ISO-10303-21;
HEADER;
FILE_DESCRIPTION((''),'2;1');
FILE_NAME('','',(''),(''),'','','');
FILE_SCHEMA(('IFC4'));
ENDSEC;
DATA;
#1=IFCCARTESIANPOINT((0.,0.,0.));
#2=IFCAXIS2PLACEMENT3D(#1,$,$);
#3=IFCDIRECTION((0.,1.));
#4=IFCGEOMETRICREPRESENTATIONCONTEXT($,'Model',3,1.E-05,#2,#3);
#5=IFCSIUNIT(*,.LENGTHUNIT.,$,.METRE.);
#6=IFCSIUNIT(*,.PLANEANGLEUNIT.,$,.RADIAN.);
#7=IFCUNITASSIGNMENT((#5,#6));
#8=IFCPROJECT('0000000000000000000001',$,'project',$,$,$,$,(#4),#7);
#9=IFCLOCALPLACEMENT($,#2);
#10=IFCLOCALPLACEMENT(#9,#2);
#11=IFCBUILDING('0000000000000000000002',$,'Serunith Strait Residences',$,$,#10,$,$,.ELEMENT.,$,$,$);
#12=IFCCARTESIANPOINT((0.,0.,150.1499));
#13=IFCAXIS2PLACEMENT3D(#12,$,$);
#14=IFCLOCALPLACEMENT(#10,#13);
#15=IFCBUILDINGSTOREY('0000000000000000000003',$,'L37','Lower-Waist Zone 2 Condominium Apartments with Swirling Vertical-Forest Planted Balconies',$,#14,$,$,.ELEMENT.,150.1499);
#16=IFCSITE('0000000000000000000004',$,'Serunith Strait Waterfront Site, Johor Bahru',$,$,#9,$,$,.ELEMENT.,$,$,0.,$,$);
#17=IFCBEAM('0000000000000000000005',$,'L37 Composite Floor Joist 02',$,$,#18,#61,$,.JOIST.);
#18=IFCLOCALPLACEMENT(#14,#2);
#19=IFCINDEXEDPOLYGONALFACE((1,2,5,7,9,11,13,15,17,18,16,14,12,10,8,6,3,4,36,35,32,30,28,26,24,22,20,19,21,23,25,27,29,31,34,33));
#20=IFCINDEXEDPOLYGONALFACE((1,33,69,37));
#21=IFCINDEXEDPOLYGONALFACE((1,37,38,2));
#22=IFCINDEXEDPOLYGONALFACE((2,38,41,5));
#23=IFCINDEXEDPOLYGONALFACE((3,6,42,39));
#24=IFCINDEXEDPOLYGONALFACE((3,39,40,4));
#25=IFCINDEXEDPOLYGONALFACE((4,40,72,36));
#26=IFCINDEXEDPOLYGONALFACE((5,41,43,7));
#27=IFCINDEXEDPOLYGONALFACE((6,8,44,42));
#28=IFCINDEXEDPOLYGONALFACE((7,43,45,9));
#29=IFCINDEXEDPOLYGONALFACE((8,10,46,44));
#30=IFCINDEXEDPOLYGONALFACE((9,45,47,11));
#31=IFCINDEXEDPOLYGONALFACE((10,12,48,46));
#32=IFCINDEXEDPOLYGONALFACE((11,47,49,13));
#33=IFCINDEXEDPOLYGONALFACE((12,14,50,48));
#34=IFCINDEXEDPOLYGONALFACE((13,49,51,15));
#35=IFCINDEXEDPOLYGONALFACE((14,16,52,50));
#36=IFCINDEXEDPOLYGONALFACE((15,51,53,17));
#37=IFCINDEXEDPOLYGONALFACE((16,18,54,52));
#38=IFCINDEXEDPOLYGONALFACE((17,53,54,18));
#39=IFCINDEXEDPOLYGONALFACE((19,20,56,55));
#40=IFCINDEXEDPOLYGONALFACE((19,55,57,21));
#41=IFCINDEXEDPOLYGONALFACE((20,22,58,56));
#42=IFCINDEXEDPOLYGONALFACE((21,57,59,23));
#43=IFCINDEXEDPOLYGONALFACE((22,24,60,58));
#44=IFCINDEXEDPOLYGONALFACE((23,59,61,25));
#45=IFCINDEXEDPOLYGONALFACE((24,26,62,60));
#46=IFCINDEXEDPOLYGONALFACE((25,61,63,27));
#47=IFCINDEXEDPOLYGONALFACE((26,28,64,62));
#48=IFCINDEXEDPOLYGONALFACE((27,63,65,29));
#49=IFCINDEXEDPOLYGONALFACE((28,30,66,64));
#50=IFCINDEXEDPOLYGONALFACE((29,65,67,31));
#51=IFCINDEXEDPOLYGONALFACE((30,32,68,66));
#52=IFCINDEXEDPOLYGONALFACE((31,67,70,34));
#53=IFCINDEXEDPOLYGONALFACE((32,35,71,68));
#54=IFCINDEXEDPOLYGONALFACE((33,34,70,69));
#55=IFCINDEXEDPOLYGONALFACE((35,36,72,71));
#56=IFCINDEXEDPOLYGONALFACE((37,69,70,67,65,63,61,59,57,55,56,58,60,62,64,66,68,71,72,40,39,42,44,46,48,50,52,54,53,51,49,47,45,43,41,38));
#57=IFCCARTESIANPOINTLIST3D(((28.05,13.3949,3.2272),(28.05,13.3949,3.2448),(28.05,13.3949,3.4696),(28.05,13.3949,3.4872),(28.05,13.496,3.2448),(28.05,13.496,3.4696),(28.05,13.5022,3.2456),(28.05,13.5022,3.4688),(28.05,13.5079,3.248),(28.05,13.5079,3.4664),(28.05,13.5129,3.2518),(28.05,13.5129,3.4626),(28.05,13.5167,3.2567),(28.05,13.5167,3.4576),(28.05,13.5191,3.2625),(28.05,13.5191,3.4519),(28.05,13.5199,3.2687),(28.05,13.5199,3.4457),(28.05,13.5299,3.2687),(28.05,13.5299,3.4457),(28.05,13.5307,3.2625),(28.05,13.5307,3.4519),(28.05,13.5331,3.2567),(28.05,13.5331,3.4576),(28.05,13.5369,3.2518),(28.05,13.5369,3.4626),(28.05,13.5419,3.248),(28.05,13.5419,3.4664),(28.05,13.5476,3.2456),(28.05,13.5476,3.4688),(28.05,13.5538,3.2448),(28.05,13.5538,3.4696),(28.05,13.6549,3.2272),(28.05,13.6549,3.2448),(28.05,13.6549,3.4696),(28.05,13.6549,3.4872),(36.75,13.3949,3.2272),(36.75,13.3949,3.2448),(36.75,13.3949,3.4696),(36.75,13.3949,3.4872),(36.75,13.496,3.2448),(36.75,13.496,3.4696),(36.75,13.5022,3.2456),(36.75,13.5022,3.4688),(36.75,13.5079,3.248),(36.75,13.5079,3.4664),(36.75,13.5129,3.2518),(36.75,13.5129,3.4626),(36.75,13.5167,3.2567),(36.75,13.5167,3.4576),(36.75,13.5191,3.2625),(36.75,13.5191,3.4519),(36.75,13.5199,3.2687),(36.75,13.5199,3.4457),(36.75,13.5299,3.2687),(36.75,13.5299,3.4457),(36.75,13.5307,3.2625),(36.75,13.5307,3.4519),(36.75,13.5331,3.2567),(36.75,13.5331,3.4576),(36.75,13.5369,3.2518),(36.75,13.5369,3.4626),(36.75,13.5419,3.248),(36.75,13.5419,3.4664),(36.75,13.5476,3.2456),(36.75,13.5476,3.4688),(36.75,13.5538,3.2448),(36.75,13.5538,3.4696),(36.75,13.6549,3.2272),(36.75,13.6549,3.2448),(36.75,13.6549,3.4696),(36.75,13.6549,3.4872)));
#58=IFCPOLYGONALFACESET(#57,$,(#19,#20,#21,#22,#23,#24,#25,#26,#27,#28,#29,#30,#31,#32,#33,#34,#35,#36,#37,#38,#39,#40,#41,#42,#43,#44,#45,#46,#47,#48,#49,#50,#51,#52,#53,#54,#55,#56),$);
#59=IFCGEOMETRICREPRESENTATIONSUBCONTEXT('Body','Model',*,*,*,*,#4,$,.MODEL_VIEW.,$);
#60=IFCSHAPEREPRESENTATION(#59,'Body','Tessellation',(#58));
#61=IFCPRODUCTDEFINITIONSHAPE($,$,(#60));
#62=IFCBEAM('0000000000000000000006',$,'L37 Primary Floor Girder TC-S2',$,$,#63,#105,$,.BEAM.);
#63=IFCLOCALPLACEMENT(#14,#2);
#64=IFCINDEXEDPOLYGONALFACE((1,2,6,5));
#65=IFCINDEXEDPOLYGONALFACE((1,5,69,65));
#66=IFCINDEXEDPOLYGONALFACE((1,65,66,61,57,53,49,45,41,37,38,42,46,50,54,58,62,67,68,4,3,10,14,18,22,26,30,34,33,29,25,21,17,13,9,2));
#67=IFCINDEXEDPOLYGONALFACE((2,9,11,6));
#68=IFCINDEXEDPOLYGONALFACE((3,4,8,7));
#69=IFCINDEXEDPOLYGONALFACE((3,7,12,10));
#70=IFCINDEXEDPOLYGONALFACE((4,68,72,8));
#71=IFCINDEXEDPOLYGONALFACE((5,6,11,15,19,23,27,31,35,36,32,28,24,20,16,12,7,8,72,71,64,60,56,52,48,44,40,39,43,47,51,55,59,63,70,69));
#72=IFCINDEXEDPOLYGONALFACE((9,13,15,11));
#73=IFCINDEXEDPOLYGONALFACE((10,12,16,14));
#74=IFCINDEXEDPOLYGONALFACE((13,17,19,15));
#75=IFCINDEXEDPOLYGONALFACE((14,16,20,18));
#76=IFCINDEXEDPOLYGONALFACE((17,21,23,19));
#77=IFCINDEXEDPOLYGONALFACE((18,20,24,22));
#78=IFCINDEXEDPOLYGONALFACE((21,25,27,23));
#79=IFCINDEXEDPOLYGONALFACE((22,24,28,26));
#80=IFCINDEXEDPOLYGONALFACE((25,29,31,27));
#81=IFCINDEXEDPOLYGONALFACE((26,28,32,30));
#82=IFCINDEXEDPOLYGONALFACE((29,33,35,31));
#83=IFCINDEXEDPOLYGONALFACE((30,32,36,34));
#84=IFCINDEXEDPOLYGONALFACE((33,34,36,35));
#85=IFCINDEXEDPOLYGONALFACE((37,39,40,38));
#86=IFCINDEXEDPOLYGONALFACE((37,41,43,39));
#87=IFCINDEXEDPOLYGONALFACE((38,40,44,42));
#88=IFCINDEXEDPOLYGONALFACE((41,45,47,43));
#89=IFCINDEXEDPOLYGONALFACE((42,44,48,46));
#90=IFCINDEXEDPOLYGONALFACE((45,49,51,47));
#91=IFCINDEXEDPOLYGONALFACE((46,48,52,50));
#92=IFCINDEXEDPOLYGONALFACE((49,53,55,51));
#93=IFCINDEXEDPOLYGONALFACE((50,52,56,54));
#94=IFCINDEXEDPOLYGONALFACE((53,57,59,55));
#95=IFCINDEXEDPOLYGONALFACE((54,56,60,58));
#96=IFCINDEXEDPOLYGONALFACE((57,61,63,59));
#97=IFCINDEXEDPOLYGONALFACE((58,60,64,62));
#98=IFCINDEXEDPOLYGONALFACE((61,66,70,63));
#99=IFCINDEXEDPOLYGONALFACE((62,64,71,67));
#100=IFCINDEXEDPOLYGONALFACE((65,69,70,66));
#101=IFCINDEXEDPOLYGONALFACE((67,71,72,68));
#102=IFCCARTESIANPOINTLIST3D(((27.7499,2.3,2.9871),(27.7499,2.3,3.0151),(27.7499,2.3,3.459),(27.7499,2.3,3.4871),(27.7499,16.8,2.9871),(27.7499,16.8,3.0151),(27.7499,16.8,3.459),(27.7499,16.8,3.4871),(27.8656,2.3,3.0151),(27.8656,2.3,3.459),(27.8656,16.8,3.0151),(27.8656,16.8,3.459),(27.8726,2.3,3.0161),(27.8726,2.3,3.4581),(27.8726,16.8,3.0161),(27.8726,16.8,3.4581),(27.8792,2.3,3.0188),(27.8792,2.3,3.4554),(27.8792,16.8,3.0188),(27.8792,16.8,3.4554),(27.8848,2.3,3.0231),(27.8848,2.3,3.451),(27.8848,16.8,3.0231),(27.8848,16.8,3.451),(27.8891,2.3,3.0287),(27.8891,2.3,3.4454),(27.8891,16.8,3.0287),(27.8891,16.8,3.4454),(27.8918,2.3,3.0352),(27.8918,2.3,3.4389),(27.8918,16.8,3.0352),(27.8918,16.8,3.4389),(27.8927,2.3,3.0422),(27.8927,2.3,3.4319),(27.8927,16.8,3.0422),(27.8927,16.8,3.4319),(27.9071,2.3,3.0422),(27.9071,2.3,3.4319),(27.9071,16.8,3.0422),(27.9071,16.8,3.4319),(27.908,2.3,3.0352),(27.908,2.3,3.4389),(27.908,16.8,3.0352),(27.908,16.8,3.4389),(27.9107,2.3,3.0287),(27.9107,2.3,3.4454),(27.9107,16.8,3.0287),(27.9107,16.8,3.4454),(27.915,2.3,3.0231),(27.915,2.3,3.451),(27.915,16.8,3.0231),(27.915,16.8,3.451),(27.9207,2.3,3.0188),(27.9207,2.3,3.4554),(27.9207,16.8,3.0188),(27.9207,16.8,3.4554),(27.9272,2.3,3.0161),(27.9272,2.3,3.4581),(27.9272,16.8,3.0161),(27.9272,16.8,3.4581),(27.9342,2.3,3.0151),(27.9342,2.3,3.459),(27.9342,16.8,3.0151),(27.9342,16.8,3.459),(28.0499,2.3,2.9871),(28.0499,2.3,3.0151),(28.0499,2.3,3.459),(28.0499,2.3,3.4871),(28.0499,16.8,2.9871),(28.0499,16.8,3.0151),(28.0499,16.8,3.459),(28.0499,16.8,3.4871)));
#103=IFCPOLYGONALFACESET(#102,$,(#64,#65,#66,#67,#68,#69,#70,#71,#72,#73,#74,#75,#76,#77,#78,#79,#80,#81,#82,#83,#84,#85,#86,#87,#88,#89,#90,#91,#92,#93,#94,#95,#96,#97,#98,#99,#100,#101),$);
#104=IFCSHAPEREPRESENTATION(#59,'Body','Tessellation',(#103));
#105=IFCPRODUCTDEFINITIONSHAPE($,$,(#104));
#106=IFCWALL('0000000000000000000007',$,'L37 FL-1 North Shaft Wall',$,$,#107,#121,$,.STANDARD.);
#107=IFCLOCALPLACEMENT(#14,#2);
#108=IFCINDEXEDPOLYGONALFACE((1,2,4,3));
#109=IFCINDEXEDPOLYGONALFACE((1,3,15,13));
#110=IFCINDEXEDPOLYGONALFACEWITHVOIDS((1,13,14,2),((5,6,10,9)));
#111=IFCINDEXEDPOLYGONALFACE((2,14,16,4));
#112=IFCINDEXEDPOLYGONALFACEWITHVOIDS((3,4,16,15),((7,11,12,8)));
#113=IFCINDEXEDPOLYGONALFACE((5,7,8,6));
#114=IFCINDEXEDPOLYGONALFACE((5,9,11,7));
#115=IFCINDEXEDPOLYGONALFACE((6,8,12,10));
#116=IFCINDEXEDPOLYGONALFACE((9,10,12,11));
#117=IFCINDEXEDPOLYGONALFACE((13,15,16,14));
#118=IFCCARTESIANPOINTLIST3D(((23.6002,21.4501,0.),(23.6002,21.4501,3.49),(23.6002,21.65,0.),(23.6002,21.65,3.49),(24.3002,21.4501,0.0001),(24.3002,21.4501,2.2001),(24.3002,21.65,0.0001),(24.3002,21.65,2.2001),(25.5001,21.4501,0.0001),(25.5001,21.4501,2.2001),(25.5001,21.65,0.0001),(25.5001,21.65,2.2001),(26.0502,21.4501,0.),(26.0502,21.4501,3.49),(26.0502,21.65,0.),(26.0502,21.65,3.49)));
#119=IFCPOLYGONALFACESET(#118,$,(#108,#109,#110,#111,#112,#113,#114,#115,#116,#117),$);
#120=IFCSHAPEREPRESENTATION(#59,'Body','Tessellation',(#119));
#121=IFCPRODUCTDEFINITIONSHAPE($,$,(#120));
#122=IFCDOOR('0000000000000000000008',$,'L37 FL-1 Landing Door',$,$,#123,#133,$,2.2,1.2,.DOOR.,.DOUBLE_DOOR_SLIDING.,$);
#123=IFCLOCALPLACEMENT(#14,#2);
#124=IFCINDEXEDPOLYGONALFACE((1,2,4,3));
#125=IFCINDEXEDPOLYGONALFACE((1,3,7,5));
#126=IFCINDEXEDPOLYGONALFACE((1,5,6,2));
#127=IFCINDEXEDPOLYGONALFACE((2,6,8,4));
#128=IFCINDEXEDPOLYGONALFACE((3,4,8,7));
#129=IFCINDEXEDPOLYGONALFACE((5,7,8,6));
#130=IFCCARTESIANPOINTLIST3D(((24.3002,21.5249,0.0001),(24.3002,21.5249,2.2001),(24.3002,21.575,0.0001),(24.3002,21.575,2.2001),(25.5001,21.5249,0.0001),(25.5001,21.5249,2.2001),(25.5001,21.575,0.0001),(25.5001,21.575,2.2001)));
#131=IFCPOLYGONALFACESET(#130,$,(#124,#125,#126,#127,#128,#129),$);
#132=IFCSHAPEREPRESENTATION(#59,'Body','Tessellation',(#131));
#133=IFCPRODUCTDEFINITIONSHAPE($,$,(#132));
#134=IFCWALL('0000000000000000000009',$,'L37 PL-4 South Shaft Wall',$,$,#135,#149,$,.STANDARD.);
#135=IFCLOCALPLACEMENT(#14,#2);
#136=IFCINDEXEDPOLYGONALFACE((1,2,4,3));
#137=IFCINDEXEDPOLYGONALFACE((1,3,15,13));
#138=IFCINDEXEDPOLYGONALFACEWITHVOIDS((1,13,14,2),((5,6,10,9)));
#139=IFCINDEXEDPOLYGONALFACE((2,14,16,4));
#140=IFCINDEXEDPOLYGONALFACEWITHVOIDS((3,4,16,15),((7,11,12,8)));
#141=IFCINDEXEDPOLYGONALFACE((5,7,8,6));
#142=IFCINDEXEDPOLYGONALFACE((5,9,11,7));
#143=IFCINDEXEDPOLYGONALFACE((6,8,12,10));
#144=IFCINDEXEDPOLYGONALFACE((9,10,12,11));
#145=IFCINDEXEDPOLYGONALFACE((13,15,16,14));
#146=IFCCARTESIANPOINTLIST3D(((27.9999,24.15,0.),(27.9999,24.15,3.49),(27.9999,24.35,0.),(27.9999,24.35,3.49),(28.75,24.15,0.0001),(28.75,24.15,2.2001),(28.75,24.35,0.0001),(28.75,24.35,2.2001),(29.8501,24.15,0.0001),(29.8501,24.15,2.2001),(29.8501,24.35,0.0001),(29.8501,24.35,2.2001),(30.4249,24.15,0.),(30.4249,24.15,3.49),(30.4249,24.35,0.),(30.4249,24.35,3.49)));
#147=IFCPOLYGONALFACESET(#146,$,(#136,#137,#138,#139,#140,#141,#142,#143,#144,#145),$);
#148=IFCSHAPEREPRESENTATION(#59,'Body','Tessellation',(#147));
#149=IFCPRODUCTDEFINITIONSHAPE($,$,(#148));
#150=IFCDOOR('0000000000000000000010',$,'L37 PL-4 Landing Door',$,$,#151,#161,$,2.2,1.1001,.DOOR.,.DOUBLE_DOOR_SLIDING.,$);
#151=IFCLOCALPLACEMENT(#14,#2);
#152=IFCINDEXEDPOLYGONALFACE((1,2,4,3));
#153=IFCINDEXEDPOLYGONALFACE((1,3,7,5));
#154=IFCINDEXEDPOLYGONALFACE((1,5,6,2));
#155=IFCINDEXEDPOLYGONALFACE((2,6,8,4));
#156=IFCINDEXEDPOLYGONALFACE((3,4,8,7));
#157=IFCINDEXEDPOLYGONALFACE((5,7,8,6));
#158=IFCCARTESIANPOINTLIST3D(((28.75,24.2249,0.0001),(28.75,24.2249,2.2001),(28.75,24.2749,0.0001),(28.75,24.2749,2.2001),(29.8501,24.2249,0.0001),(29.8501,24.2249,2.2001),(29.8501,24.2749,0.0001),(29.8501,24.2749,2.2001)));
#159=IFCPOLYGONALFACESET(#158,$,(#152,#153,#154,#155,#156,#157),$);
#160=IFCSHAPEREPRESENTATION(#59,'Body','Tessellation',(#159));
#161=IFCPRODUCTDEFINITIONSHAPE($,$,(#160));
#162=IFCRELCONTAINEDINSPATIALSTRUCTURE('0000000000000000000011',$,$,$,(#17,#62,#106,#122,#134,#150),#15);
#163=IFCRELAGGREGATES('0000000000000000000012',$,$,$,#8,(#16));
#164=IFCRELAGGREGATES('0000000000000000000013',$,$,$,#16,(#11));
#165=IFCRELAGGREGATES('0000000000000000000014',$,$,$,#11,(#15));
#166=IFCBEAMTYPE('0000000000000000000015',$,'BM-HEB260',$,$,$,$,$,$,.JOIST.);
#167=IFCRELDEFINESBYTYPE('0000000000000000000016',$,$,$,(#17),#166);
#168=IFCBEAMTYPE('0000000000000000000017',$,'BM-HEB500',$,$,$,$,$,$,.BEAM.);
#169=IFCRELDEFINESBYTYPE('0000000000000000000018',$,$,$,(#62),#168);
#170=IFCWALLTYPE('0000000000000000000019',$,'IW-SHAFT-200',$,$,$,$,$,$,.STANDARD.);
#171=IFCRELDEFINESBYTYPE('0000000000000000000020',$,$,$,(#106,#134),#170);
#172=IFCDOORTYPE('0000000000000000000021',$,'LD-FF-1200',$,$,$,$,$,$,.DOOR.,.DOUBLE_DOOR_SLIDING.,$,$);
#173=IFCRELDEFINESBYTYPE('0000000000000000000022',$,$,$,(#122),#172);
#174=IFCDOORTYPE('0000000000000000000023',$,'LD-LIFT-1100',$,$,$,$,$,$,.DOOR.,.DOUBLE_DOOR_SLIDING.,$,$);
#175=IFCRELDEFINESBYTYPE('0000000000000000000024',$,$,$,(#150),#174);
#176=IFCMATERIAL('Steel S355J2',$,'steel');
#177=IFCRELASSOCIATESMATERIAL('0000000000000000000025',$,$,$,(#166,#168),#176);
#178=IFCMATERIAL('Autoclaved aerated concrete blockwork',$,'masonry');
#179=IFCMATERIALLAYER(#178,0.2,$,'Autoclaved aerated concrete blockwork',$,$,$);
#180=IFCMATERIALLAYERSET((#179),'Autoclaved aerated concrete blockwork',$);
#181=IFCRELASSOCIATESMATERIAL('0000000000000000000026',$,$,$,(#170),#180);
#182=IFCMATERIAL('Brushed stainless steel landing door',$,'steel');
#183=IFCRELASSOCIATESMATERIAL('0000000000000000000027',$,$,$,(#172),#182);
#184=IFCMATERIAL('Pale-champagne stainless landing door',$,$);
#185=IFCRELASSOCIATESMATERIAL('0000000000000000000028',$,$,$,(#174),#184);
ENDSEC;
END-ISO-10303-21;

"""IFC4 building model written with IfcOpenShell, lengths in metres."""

from ifc_helpers import new_model, si_unit, direction, frame, frame_2d, origin, origin_2d, place, context, subcontext, project, spatial, rectangle, i_section, extrude, source, transform, mapped, material, layer, layer_set, material_profile, profile_set, type_object, element, fill, save


model = new_model("IFC4")

# Units and contexts
model_context = context("Model", 3, precision=1e-05, world=origin(), true_north=direction((0.0, 1.0)))
body_context = subcontext(model_context, "Body", "Model", "MODEL_VIEW")
ifc_project = project(units=[si_unit("LENGTHUNIT", "METRE"), si_unit("PLANEANGLEUNIT", "RADIAN")], contexts=[model_context])

# Site, building, storey
site_placement = place(None, origin())
site = spatial("IfcSite", under=ifc_project, at=site_placement, Name="Serunith Strait Waterfront Site, Johor Bahru", CompositionType="ELEMENT", RefElevation=0.0)
building_placement = place(site_placement, origin())
building = spatial("IfcBuilding", under=site, at=building_placement, Name="Serunith Strait Residences", CompositionType="ELEMENT")
storey_placement = place(building_placement, frame((0.0, 0.0, 150.1499)))
storey = spatial("IfcBuildingStorey", under=building, at=storey_placement, Name="L37", Description="Lower-Waist Zone 2 Condominium Apartments with Swirling Vertical-Forest Planted Balconies", CompositionType="ELEMENT", Elevation=150.1499)

# Beams
ifc_material_1 = material(Name="Steel S355J2", Category="steel")
ifc_material_profile_1 = material_profile(ifc_material_1, i_section(OverallWidth=0.26, OverallDepth=0.26, WebThickness=0.01, FlangeThickness=0.0176, FilletRadius=0.0239, at=origin_2d()), Name="HEB 260")
ifc_profile_set_1 = profile_set([ifc_material_profile_1], Name="Steel S355J2")
beam_type_1 = type_object("IfcBeamType", Name="BM-HEB260", PredefinedType="JOIST", material=ifc_profile_set_1)
shared_shape_1 = source(origin(), body_context, "Body", "SweptSolid", [
    extrude(i_section(OverallWidth=0.26, OverallDepth=0.26, WebThickness=0.01, FlangeThickness=0.0176, FilletRadius=0.0239, at=origin_2d()), origin(), (0.0, 0.0, 1.0), 8.7),
])
beam_1_placement = place(storey_placement, frame((28.05, 13.5249, 3.3572), z_axis=(1.0, 0.0, 0.0), x_axis=(0.0, 1.0, 0.0)))
element("IfcBeam", 1, at=beam_1_placement, inside=storey, type_object=beam_type_1, Name="L37 Composite Floor Joist 02", PredefinedType="JOIST", context=body_context, shape_type="MappedRepresentation", body=[
    mapped(shared_shape_1, transform((0.0, 0.0, 0.0), scale=1.0)),
])
ifc_material_profile_2 = material_profile(ifc_material_1, i_section(OverallWidth=0.3, OverallDepth=0.5, WebThickness=0.0144, FlangeThickness=0.0281, FilletRadius=0.0271, at=origin_2d()), Name="HEB 500")
ifc_profile_set_2 = profile_set([ifc_material_profile_2], Name="Steel S355J2")
beam_type_2 = type_object("IfcBeamType", Name="BM-HEB500", PredefinedType="BEAM", material=ifc_profile_set_2)
shared_shape_2 = source(origin(), body_context, "Body", "SweptSolid", [
    extrude(i_section(OverallWidth=0.3, OverallDepth=0.5, WebThickness=0.0144, FlangeThickness=0.0281, FilletRadius=0.0271, at=origin_2d()), origin(), (0.0, 0.0, 1.0), 14.5),
])
beam_2_placement = place(storey_placement, frame((27.8999, 16.8, 3.2371), z_axis=(0.0, -1.0, 0.0), x_axis=(1.0, 0.0, 0.0)))
element("IfcBeam", 2, at=beam_2_placement, inside=storey, type_object=beam_type_2, Name="L37 Primary Floor Girder TC-S2", PredefinedType="BEAM", context=body_context, shape_type="MappedRepresentation", body=[
    mapped(shared_shape_2, transform((0.0, 0.0, 0.0), scale=1.0)),
])

# Walls, openings, doors
ifc_material_2 = material(Name="Autoclaved aerated concrete blockwork", Category="masonry")
ifc_layer_1 = layer(ifc_material_2, 0.2, Name="Autoclaved aerated concrete blockwork")
ifc_layer_set_1 = layer_set([ifc_layer_1], Name="Autoclaved aerated concrete blockwork")
wall_type_1 = type_object("IfcWallType", Name="IW-SHAFT-200", PredefinedType="STANDARD", material=ifc_layer_set_1)
wall_1_placement = place(storey_placement, frame((23.6001, 21.55, 0.0), z_axis=(0.0, 0.0, 1.0), x_axis=(1.0, 0.0, 0.0)))
wall_1 = element("IfcWall", 3, at=wall_1_placement, inside=storey, type_object=wall_type_1, Name="L37 FL-1 North Shaft Wall", PredefinedType="STANDARD", context=body_context, shape_type="SweptSolid", body=[
    extrude(rectangle(XDim=2.45, YDim=0.2, at=frame_2d((1.2251, 0.0))), origin(), (0.0, 0.0, 1.0), 3.49),
])
opening_1_placement = place(wall_1_placement, frame((0.7, 0.0, 0.0)))
opening_1 = element("IfcOpeningElement", 4, at=opening_1_placement, cuts=wall_1, PredefinedType="OPENING", context=body_context, shape_type="SweptSolid", body=[
    extrude(rectangle(XDim=1.2, YDim=2.2, at=frame_2d((0.6001, 1.1001))), frame((0.0, 0.1099, 0.0), z_axis=(0.0, -1.0, 0.0), x_axis=(1.0, 0.0, 0.0)), (0.0, 0.0, 1.0), 0.22),
])
ifc_material_3 = material(Name="Brushed stainless steel landing door", Category="steel")
door_type_1 = type_object("IfcDoorType", Name="LD-FF-1200", OperationType="DOUBLE_DOOR_SLIDING", PredefinedType="DOOR", material=ifc_material_3)
shared_shape_3 = source(origin(), body_context, "Body", "SweptSolid", [
    extrude(rectangle(XDim=1.2, YDim=2.2, at=frame_2d((0.6001, 1.1001))), frame((0.0, 0.0249, 0.0), z_axis=(0.0, -1.0, 0.0), x_axis=(1.0, 0.0, 0.0)), (0.0, 0.0, 1.0), 0.05),
])
door_1_placement = place(opening_1_placement, origin())
door_1 = element("IfcDoor", 5, at=door_1_placement, inside=storey, type_object=door_type_1, Name="L37 FL-1 Landing Door", OperationType="DOUBLE_DOOR_SLIDING", OverallHeight=2.2, OverallWidth=1.2, PredefinedType="DOOR", context=body_context, shape_type="MappedRepresentation", body=[
    mapped(shared_shape_3, transform((0.0, 0.0, 0.0), scale=1.0)),
])
fill(opening_1, door_1)
wall_2_placement = place(storey_placement, frame((28.0, 24.25, 0.0), z_axis=(0.0, 0.0, 1.0), x_axis=(1.0, 0.0, 0.0)))
wall_2 = element("IfcWall", 6, at=wall_2_placement, inside=storey, type_object=wall_type_1, Name="L37 PL-4 South Shaft Wall", PredefinedType="STANDARD", context=body_context, shape_type="SweptSolid", body=[
    extrude(rectangle(XDim=2.425, YDim=0.2, at=frame_2d((1.2124, 0.0))), origin(), (0.0, 0.0, 1.0), 3.49),
])
opening_2_placement = place(wall_2_placement, frame((0.75, 0.0, 0.0)))
opening_2 = element("IfcOpeningElement", 7, at=opening_2_placement, cuts=wall_2, PredefinedType="OPENING", context=body_context, shape_type="SweptSolid", body=[
    extrude(rectangle(XDim=1.1001, YDim=2.2, at=frame_2d((0.55, 1.1001))), frame((0.0, 0.1099, 0.0), z_axis=(0.0, -1.0, 0.0), x_axis=(1.0, 0.0, 0.0)), (0.0, 0.0, 1.0), 0.22),
])
ifc_material_4 = material(Name="Pale-champagne stainless landing door")
door_type_2 = type_object("IfcDoorType", Name="LD-LIFT-1100", OperationType="DOUBLE_DOOR_SLIDING", PredefinedType="DOOR", material=ifc_material_4)
shared_shape_4 = source(origin(), body_context, "Body", "SweptSolid", [
    extrude(rectangle(XDim=1.1001, YDim=2.2, at=frame_2d((0.55, 1.1001))), frame((0.0, 0.0249, 0.0), z_axis=(0.0, -1.0, 0.0), x_axis=(1.0, 0.0, 0.0)), (0.0, 0.0, 1.0), 0.05),
])
door_2_placement = place(opening_2_placement, origin())
door_2 = element("IfcDoor", 8, at=door_2_placement, inside=storey, type_object=door_type_2, Name="L37 PL-4 Landing Door", OperationType="DOUBLE_DOOR_SLIDING", OverallHeight=2.2, OverallWidth=1.1001, PredefinedType="DOOR", context=body_context, shape_type="MappedRepresentation", body=[
    mapped(shared_shape_4, transform((0.0, 0.0, 0.0), scale=1.0)),
])
fill(opening_2, door_2)

save(model, "model.ifc")
